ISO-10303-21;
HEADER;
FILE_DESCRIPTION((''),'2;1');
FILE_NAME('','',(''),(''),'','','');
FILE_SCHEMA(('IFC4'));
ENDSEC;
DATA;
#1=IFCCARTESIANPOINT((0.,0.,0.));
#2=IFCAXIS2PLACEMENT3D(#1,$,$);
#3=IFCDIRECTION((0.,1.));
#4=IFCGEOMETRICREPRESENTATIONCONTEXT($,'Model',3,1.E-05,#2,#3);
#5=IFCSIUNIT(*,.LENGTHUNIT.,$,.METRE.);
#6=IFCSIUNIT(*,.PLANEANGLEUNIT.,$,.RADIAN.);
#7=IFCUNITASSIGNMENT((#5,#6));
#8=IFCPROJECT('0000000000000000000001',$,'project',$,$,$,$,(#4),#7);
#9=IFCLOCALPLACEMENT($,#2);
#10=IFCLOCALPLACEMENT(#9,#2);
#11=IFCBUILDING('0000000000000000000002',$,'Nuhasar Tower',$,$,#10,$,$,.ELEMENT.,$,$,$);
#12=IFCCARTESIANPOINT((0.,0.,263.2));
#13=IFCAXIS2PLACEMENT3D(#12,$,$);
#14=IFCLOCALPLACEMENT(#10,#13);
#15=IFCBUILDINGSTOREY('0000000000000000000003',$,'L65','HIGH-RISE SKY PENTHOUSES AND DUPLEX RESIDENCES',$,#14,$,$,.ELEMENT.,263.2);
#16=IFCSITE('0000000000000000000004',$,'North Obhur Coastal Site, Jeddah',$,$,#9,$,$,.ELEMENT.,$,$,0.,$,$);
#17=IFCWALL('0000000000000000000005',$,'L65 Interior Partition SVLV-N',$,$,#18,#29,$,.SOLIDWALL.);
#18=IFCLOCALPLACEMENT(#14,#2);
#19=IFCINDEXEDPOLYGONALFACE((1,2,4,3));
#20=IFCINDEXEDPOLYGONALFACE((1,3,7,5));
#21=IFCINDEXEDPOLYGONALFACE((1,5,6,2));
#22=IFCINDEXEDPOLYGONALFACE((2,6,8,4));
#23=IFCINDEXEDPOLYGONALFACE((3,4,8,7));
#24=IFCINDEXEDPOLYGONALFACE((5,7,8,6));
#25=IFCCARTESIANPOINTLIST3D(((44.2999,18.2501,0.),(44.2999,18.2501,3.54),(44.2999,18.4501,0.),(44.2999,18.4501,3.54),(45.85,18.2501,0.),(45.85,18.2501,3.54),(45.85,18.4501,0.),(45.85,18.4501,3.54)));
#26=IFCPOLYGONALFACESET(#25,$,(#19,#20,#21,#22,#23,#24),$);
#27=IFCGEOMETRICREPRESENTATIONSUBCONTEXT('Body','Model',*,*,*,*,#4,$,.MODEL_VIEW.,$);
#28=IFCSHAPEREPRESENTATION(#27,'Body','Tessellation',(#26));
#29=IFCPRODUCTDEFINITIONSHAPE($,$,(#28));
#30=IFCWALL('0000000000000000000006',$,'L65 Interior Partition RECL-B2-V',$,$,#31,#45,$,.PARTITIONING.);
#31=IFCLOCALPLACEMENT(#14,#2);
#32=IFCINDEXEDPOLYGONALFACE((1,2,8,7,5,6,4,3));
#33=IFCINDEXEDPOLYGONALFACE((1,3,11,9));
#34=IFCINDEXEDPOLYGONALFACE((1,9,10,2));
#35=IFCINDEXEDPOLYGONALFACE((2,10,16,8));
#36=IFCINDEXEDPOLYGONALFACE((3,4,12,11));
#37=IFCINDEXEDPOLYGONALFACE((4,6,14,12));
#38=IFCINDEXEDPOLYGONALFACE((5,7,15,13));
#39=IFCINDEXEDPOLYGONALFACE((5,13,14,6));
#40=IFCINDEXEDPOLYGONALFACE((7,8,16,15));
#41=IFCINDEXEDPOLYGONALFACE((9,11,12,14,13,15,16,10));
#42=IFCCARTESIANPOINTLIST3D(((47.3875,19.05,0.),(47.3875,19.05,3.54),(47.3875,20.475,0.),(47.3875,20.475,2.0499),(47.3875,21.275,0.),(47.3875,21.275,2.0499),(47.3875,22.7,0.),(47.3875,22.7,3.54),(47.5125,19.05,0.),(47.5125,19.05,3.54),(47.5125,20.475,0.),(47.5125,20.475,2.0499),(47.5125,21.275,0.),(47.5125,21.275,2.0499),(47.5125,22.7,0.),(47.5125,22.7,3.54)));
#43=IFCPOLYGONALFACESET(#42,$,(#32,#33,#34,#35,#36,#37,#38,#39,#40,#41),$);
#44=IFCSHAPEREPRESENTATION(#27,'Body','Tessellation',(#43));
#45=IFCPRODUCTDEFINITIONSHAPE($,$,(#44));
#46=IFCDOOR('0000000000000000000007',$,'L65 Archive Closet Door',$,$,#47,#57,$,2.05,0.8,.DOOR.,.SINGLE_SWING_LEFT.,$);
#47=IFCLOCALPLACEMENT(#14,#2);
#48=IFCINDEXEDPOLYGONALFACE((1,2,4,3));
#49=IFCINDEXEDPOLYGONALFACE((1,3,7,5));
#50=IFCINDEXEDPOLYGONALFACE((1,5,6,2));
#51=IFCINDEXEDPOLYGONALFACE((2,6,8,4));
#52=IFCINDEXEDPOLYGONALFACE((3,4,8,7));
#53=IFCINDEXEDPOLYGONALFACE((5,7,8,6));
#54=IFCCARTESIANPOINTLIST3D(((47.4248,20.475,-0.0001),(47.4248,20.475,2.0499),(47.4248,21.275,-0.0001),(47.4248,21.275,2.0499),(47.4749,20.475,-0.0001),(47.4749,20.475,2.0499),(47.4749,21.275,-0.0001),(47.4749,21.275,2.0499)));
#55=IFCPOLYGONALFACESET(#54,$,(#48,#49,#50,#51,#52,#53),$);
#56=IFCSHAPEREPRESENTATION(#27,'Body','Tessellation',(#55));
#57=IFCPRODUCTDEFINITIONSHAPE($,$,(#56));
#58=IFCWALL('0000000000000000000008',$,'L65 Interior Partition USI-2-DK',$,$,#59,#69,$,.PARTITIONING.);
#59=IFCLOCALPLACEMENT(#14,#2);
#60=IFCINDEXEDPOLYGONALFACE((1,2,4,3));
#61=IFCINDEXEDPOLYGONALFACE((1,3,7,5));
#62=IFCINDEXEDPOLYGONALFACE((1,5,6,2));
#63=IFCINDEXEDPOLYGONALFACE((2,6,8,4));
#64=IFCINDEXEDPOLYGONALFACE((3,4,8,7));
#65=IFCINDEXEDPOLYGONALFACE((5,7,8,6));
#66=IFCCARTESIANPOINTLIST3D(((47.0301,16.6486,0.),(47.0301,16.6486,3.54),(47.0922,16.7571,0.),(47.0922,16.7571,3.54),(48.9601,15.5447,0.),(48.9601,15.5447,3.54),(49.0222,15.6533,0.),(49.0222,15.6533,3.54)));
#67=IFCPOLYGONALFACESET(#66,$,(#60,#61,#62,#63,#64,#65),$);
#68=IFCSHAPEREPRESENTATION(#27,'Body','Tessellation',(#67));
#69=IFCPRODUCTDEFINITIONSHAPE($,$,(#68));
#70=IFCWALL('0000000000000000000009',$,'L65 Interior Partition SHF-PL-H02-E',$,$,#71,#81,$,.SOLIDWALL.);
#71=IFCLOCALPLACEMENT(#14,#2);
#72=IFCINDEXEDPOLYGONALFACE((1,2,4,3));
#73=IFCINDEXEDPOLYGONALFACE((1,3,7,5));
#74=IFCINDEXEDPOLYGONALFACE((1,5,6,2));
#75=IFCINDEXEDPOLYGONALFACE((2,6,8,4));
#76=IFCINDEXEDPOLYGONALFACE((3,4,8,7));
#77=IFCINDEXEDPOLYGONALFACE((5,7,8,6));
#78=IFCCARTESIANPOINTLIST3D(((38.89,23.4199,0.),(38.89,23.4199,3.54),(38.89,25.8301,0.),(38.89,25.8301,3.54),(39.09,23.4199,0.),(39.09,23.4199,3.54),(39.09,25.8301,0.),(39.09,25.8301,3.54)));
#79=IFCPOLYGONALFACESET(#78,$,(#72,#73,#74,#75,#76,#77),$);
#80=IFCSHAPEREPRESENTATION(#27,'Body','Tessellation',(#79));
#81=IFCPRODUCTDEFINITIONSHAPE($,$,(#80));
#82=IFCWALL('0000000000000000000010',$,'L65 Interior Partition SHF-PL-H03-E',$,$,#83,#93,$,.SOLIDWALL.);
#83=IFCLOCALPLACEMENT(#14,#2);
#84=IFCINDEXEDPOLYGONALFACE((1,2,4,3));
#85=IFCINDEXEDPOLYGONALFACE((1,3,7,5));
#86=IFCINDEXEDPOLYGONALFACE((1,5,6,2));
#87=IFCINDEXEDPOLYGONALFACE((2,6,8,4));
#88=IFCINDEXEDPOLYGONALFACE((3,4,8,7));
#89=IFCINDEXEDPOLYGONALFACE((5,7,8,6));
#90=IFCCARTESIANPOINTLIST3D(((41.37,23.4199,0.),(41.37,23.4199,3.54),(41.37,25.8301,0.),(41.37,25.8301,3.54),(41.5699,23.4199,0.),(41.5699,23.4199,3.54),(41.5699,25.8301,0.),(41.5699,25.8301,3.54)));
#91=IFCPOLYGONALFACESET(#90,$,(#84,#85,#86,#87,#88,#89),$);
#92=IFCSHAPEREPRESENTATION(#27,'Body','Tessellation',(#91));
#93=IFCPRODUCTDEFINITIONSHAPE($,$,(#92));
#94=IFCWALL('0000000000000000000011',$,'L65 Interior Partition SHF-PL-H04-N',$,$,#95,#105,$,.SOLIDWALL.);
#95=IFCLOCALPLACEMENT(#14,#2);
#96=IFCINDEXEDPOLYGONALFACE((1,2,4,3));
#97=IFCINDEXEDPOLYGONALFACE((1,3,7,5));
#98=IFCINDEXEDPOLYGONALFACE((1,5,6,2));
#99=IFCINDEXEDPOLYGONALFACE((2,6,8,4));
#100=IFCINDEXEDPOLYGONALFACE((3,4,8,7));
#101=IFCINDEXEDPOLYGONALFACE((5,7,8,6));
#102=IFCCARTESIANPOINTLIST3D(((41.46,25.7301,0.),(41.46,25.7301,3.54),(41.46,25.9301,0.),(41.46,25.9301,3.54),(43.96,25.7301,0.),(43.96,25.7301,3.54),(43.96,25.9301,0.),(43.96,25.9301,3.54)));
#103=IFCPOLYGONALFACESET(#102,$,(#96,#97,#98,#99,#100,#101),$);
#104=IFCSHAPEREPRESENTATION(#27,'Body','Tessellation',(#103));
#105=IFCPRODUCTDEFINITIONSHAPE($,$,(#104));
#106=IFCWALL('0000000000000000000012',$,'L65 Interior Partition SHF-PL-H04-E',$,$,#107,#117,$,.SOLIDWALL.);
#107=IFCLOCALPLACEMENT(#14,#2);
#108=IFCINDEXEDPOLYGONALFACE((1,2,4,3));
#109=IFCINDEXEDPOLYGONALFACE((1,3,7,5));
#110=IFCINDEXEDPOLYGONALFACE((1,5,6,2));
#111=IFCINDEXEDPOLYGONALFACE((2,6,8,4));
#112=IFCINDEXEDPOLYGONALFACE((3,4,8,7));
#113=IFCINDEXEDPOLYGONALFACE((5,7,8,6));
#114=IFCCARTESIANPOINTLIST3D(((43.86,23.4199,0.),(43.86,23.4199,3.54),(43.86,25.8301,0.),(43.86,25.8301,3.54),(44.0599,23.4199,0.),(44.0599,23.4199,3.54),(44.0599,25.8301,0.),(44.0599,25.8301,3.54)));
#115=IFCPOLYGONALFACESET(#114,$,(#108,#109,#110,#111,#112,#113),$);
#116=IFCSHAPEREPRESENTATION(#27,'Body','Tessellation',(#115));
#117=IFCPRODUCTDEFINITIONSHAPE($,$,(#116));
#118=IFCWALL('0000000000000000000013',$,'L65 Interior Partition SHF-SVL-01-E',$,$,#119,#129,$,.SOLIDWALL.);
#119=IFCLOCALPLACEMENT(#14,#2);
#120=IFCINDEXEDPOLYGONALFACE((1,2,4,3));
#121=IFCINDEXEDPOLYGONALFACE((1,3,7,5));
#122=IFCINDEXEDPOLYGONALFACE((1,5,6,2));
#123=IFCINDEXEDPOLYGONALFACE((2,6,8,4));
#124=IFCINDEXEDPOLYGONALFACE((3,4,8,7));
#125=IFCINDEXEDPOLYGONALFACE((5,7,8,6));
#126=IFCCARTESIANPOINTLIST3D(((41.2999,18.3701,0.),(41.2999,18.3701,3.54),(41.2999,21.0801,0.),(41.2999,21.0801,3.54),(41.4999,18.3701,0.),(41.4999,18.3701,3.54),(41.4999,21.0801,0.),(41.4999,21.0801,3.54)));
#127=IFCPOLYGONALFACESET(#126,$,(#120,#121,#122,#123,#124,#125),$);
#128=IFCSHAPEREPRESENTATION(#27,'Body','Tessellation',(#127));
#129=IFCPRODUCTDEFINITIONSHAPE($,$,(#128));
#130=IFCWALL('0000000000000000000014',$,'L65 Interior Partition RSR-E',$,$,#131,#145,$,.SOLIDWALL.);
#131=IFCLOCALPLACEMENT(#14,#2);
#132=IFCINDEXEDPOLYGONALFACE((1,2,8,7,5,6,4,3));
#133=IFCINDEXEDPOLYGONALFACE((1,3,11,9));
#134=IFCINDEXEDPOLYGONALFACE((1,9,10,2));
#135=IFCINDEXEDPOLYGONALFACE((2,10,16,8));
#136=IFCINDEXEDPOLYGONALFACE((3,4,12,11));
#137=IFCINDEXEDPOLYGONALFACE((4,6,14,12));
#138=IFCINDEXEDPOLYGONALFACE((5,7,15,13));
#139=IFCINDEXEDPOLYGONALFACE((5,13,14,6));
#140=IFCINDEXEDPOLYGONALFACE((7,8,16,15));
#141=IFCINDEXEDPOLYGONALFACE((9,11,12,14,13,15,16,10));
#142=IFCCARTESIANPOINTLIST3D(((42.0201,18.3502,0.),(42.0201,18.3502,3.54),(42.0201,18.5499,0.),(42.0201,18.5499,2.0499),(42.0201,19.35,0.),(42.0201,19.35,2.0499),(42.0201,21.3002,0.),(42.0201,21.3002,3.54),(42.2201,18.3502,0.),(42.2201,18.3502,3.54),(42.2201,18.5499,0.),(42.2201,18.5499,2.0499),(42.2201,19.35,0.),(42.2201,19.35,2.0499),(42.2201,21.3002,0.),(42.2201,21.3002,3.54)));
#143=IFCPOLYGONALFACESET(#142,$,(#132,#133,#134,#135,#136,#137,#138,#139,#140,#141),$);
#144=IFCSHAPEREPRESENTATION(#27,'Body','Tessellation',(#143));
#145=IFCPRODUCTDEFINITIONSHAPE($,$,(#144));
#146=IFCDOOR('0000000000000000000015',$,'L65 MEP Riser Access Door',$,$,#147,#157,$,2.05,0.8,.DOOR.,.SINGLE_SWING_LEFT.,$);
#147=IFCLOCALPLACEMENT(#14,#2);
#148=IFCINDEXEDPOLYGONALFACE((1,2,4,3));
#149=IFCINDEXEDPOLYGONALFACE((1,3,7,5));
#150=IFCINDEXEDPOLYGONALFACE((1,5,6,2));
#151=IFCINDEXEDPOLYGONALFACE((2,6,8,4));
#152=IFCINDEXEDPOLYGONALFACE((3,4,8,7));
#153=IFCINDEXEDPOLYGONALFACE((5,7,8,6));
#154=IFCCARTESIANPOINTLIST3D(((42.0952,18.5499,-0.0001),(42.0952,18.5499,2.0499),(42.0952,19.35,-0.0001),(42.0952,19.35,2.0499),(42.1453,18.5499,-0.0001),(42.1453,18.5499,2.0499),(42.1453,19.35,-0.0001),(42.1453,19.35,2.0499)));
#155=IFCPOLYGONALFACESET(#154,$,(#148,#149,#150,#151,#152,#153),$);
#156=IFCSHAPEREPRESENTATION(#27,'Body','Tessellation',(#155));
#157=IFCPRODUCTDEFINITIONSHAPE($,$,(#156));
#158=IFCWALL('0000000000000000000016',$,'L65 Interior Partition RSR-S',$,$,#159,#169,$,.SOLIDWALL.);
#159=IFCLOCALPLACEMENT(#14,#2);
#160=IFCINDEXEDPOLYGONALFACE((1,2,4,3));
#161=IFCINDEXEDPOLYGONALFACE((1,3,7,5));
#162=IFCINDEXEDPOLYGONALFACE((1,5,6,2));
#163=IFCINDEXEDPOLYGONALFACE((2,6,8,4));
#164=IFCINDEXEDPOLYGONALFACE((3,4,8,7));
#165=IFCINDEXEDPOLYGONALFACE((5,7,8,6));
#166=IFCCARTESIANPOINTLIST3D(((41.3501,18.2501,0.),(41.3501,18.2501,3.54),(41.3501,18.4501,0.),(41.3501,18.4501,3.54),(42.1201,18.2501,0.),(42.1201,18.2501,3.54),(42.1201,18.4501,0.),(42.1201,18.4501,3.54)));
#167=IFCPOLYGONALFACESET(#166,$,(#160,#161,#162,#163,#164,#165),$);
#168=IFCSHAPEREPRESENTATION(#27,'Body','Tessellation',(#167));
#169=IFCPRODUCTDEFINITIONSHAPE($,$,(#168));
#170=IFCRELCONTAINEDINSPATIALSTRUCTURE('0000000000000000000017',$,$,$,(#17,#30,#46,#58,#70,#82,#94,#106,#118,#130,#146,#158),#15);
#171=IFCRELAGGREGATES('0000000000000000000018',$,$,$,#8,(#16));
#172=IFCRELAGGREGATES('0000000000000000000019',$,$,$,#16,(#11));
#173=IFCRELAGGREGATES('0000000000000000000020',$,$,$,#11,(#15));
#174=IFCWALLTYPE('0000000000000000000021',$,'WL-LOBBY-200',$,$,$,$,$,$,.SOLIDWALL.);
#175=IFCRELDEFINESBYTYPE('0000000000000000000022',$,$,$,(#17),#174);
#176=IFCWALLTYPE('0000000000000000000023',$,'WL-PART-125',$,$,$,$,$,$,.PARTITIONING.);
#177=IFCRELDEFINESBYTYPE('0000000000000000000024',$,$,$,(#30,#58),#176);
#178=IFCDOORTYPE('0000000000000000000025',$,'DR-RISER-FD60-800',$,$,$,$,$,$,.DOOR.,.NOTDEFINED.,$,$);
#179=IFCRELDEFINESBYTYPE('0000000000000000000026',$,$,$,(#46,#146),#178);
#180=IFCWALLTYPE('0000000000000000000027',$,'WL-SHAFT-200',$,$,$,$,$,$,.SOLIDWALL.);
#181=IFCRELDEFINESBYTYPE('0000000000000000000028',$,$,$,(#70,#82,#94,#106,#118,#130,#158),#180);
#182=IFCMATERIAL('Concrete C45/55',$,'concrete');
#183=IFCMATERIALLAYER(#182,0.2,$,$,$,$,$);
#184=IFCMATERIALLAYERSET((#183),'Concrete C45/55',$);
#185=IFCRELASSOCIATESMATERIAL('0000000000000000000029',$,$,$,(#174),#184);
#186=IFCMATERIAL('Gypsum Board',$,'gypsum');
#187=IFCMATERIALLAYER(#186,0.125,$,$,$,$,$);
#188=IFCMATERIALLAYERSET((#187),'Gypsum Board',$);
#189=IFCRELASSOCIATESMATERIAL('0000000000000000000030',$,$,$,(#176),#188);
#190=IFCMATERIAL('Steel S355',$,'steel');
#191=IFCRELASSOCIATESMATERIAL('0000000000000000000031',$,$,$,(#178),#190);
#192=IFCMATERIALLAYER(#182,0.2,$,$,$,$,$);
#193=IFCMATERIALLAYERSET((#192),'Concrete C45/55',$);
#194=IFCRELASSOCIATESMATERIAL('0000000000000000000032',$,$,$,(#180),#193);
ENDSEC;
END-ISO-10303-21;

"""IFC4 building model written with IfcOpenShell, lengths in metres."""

from ifc_helpers import new_model, si_unit, direction, frame, frame_2d, origin, place, context, subcontext, project, spatial, rectangle, extrude, material, layer, layer_set, type_object, element, fill, save


model = new_model("IFC4")

# Units and contexts
model_context = context("Model", 3, precision=1e-05, world=origin(), true_north=direction((0.0, 1.0)))
body_context = subcontext(model_context, "Body", "Model", "MODEL_VIEW")
ifc_project = project(units=[si_unit("LENGTHUNIT", "METRE"), si_unit("PLANEANGLEUNIT", "RADIAN")], contexts=[model_context])

# Site, building, storey
site_placement = place(None, origin())
site = spatial("IfcSite", under=ifc_project, at=site_placement, Name="North Obhur Coastal Site, Jeddah", CompositionType="ELEMENT", RefElevation=0.0)
building_placement = place(site_placement, origin())
building = spatial("IfcBuilding", under=site, at=building_placement, Name="Nuhasar Tower", CompositionType="ELEMENT")
storey_placement = place(building_placement, frame((0.0, 0.0, 263.2)))
storey = spatial("IfcBuildingStorey", under=building, at=storey_placement, Name="L65", Description="HIGH-RISE SKY PENTHOUSES AND DUPLEX RESIDENCES", CompositionType="ELEMENT", Elevation=263.2)

# Shared definitions
ifc_material_1 = material(Name="Steel S355", Category="steel")

# Shared definitions
ifc_material_2 = material(Name="Gypsum Board", Category="gypsum")

# Shared definitions
ifc_material_3 = material(Name="Concrete C45/55", Category="concrete")
ifc_layer_1 = layer(ifc_material_3, 0.2)
ifc_layer_set_1 = layer_set([ifc_layer_1], Name="Concrete C45/55")
wall_type_1 = type_object("IfcWallType", Name="WL-LOBBY-200", PredefinedType="SOLIDWALL", material=ifc_layer_set_1)

# Wall
wall_1_placement = place(storey_placement, frame((44.3, 18.3501, 0.0), z_axis=(0.0, 0.0, 1.0), x_axis=(1.0, 0.0, 0.0)))
element("IfcWall", 1, at=wall_1_placement, inside=storey, type_object=wall_type_1, Name="L65 Interior Partition SVLV-N", PredefinedType="SOLIDWALL", context=body_context, shape_type="SweptSolid", body=[
    extrude(rectangle(XDim=1.55, YDim=0.2, at=frame_2d((0.7749, 0.0))), origin(), (0.0, 0.0, 1.0), 3.54),
])

# Wall, opening, door
ifc_layer_2 = layer(ifc_material_2, 0.125)
ifc_layer_set_2 = layer_set([ifc_layer_2], Name="Gypsum Board")
wall_type_2 = type_object("IfcWallType", Name="WL-PART-125", PredefinedType="PARTITIONING", material=ifc_layer_set_2)
wall_2_placement = place(storey_placement, frame((47.45, 22.7, 0.0), z_axis=(0.0, 0.0, 1.0), x_axis=(0.0, -1.0, 0.0)))
wall_2 = element("IfcWall", 2, at=wall_2_placement, inside=storey, type_object=wall_type_2, Name="L65 Interior Partition RECL-B2-V", PredefinedType="PARTITIONING", context=body_context, shape_type="SweptSolid", body=[
    extrude(rectangle(XDim=3.6499, YDim=0.125, at=frame_2d((1.825, 0.0))), origin(), (0.0, 0.0, 1.0), 3.54),
])
opening_1_placement = place(wall_2_placement, frame((1.425, 0.0, 0.0)))
opening_1 = element("IfcOpeningElement", 3, at=opening_1_placement, cuts=wall_2, PredefinedType="OPENING", context=body_context, shape_type="SweptSolid", body=[
    extrude(rectangle(XDim=0.8, YDim=2.05, at=frame_2d((0.3999, 1.0249))), frame((0.0, 0.0725, 0.0), z_axis=(0.0, -1.0, 0.0), x_axis=(1.0, 0.0, 0.0)), (0.0, 0.0, 1.0), 0.145),
])
door_type_1 = type_object("IfcDoorType", Name="DR-RISER-FD60-800", OperationType="NOTDEFINED", PredefinedType="DOOR", material=ifc_material_1)
door_1_placement = place(opening_1_placement, origin())
door_1 = element("IfcDoor", 4, at=door_1_placement, inside=storey, type_object=door_type_1, Name="L65 Archive Closet Door", OperationType="SINGLE_SWING_LEFT", OverallHeight=2.05, OverallWidth=0.8, PredefinedType="DOOR", context=body_context, shape_type="SweptSolid", body=[
    extrude(rectangle(XDim=0.8, YDim=2.05, at=frame_2d((0.3999, 1.0249))), frame((0.0, 0.0249, 0.0), z_axis=(0.0, -1.0, 0.0), x_axis=(1.0, 0.0, 0.0)), (0.0, 0.0, 1.0), 0.05),
])
fill(opening_1, door_1)

# Walls
wall_3_placement = place(storey_placement, frame((47.061, 16.7029, 0.0), z_axis=(0.0, 0.0, 1.0), x_axis=(0.868061, -0.496458, 0.0)))
element("IfcWall", 5, at=wall_3_placement, inside=storey, type_object=wall_type_2, Name="L65 Interior Partition USI-2-DK", PredefinedType="PARTITIONING", context=body_context, shape_type="SweptSolid", body=[
    extrude(rectangle(XDim=2.2234, YDim=0.125, at=frame_2d((1.1118, 0.0))), origin(), (0.0, 0.0, 1.0), 3.54),
])
ifc_layer_3 = layer(ifc_material_3, 0.2)
ifc_layer_set_3 = layer_set([ifc_layer_3], Name="Concrete C45/55")
wall_type_3 = type_object("IfcWallType", Name="WL-SHAFT-200", PredefinedType="SOLIDWALL", material=ifc_layer_set_3)
for number, where, z_axis, x_axis, name in (
    (6, (38.99, 23.4199, 0.0), (0.0, 0.0, 1.0), (0.0, 1.0, 0.0), "L65 Interior Partition SHF-PL-H02-E"),
    (7, (41.47, 23.4199, 0.0), (0.0, 0.0, 1.0), (0.0, 1.0, 0.0), "L65 Interior Partition SHF-PL-H03-E"),
):
    element("IfcWall", number, at=place(storey_placement, frame(where, z_axis=z_axis, x_axis=x_axis)), inside=storey, type_object=wall_type_3, Name=name, PredefinedType="SOLIDWALL", context=body_context, shape_type="SweptSolid", body=[
        extrude(rectangle(XDim=2.4102, YDim=0.2, at=frame_2d((1.2051, 0.0))), origin(), (0.0, 0.0, 1.0), 3.54),
    ])

# Walls
wall_4_placement = place(storey_placement, frame((41.46, 25.8301, 0.0), z_axis=(0.0, 0.0, 1.0), x_axis=(1.0, 0.0, 0.0)))
element("IfcWall", 8, at=wall_4_placement, inside=storey, type_object=wall_type_3, Name="L65 Interior Partition SHF-PL-H04-N", PredefinedType="SOLIDWALL", context=body_context, shape_type="SweptSolid", body=[
    extrude(rectangle(XDim=2.5, YDim=0.2, at=frame_2d((1.25, 0.0))), origin(), (0.0, 0.0, 1.0), 3.54),
])
wall_5_placement = place(storey_placement, frame((43.96, 23.4199, 0.0), z_axis=(0.0, 0.0, 1.0), x_axis=(0.0, 1.0, 0.0)))
element("IfcWall", 9, at=wall_5_placement, inside=storey, type_object=wall_type_3, Name="L65 Interior Partition SHF-PL-H04-E", PredefinedType="SOLIDWALL", context=body_context, shape_type="SweptSolid", body=[
    extrude(rectangle(XDim=2.4102, YDim=0.2, at=frame_2d((1.2051, 0.0))), origin(), (0.0, 0.0, 1.0), 3.54),
])
wall_6_placement = place(storey_placement, frame((41.3999, 18.3701, 0.0), z_axis=(0.0, 0.0, 1.0), x_axis=(0.0, 1.0, 0.0)))
element("IfcWall", 10, at=wall_6_placement, inside=storey, type_object=wall_type_3, Name="L65 Interior Partition SHF-SVL-01-E", PredefinedType="SOLIDWALL", context=body_context, shape_type="SweptSolid", body=[
    extrude(rectangle(XDim=2.71, YDim=0.2, at=frame_2d((1.355, 0.0))), origin(), (0.0, 0.0, 1.0), 3.54),
])

# Wall, opening, door
wall_7_placement = place(storey_placement, frame((42.1201, 18.3501, 0.0), z_axis=(0.0, 0.0, 1.0), x_axis=(0.0, 1.0, 0.0)))
wall_7 = element("IfcWall", 11, at=wall_7_placement, inside=storey, type_object=wall_type_3, Name="L65 Interior Partition RSR-E", PredefinedType="SOLIDWALL", context=body_context, shape_type="SweptSolid", body=[
    extrude(rectangle(XDim=2.95, YDim=0.2, at=frame_2d((1.4751, 0.0))), origin(), (0.0, 0.0, 1.0), 3.54),
])
opening_2_placement = place(wall_7_placement, frame((0.2, 0.0, 0.0)))
opening_2 = element("IfcOpeningElement", 12, at=opening_2_placement, cuts=wall_7, PredefinedType="OPENING", context=body_context, shape_type="SweptSolid", body=[
    extrude(rectangle(XDim=0.8, YDim=2.05, at=frame_2d((0.3999, 1.0249))), frame((0.0, 0.1099, 0.0), z_axis=(0.0, -1.0, 0.0), x_axis=(1.0, 0.0, 0.0)), (0.0, 0.0, 1.0), 0.22),
])
door_2_placement = place(opening_2_placement, origin())
door_2 = element("IfcDoor", 13, at=door_2_placement, inside=storey, type_object=door_type_1, Name="L65 MEP Riser Access Door", OperationType="SINGLE_SWING_LEFT", OverallHeight=2.05, OverallWidth=0.8, PredefinedType="DOOR", context=body_context, shape_type="SweptSolid", body=[
    extrude(rectangle(XDim=0.8, YDim=2.05, at=frame_2d((0.3999, 1.0249))), frame((0.0, 0.0249, 0.0), z_axis=(0.0, -1.0, 0.0), x_axis=(1.0, 0.0, 0.0)), (0.0, 0.0, 1.0), 0.05),
])
fill(opening_2, door_2)

# Wall
wall_8_placement = place(storey_placement, frame((41.3501, 18.3501, 0.0), z_axis=(0.0, 0.0, 1.0), x_axis=(1.0, 0.0, 0.0)))
element("IfcWall", 14, at=wall_8_placement, inside=storey, type_object=wall_type_3, Name="L65 Interior Partition RSR-S", PredefinedType="SOLIDWALL", context=body_context, shape_type="SweptSolid", body=[
    extrude(rectangle(XDim=0.77, YDim=0.2, at=frame_2d((0.385, 0.0))), origin(), (0.0, 0.0, 1.0), 3.54),
])

save(model, "model.ifc")
